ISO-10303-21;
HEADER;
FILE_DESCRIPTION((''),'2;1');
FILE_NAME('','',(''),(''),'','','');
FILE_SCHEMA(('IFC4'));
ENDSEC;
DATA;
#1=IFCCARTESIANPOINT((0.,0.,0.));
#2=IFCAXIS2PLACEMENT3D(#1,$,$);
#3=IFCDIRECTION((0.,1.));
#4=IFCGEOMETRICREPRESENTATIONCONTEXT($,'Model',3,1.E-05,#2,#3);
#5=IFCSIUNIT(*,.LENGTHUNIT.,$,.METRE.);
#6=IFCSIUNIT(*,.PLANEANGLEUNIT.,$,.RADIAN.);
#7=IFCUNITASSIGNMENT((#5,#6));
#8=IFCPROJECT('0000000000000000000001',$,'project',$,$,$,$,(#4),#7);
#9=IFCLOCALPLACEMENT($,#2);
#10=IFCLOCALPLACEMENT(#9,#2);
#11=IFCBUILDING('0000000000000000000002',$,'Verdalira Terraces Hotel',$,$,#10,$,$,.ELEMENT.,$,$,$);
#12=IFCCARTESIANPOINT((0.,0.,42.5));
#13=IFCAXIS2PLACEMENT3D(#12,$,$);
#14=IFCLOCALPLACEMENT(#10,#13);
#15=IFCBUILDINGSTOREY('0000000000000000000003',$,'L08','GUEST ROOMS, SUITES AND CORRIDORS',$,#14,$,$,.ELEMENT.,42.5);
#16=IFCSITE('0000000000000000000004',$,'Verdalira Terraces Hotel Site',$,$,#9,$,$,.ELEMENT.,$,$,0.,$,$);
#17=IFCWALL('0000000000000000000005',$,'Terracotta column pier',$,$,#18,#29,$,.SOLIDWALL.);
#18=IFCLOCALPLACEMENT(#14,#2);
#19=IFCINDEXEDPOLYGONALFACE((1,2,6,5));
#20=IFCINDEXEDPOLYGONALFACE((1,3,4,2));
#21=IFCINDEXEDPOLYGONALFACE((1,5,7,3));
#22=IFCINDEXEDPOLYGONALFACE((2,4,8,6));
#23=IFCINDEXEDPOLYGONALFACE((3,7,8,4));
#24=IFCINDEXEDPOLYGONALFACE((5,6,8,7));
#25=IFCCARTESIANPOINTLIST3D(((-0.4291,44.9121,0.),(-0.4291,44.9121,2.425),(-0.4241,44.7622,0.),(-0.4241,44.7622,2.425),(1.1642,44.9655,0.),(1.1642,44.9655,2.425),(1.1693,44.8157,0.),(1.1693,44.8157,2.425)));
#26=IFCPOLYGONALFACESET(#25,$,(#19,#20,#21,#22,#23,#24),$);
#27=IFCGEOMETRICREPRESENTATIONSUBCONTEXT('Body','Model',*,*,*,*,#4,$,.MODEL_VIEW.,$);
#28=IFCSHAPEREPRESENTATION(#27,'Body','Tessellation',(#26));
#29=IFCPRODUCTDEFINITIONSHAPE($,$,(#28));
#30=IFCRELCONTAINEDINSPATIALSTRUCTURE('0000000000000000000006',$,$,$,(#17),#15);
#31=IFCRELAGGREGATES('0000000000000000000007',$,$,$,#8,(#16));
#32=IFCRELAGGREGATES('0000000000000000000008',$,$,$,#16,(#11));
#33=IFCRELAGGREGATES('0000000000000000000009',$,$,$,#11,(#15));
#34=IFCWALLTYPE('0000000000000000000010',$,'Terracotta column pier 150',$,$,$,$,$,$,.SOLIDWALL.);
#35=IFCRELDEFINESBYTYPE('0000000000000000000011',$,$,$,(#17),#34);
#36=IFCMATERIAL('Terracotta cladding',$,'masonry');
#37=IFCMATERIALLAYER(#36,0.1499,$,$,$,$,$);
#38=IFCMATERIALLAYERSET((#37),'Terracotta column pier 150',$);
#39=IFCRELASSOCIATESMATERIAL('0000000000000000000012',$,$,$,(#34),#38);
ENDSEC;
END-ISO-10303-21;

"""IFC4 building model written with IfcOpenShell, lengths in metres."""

from ifc_helpers import new_model, si_unit, direction, frame, frame_2d, origin, place, context, subcontext, project, spatial, rectangle, extrude, material, layer, layer_set, type_object, element, save


model = new_model("IFC4")

# Units and contexts
model_context = context("Model", 3, precision=1e-05, world=origin(), true_north=direction((0.0, 1.0)))
body_context = subcontext(model_context, "Body", "Model", "MODEL_VIEW")
ifc_project = project(units=[si_unit("LENGTHUNIT", "METRE"), si_unit("PLANEANGLEUNIT", "RADIAN")], contexts=[model_context])

# Site, building, storey
site_placement = place(None, origin())
site = spatial("IfcSite", under=ifc_project, at=site_placement, Name="Verdalira Terraces Hotel Site", CompositionType="ELEMENT", RefElevation=0.0)
building_placement = place(site_placement, origin())
building = spatial("IfcBuilding", under=site, at=building_placement, Name="Verdalira Terraces Hotel", CompositionType="ELEMENT")
storey_placement = place(building_placement, frame((0.0, 0.0, 42.5)))
storey = spatial("IfcBuildingStorey", under=building, at=storey_placement, Name="L08", Description="GUEST ROOMS, SUITES AND CORRIDORS", CompositionType="ELEMENT", Elevation=42.5)

# Wall
ifc_material_1 = material(Name="Terracotta cladding", Category="masonry")
ifc_layer_1 = layer(ifc_material_1, 0.1499)
ifc_layer_set_1 = layer_set([ifc_layer_1], Name="Terracotta column pier 150")
wall_type_1 = type_object("IfcWallType", Name="Terracotta column pier 150", PredefinedType="SOLIDWALL", material=ifc_layer_set_1)
wall_1_placement = place(storey_placement, frame((1.1667, 44.8906, 0.0), z_axis=(0.0, 0.0, 1.0), x_axis=(-0.999437, -0.033539, 0.0)))
element("IfcWall", 1, at=wall_1_placement, inside=storey, type_object=wall_type_1, Name="Terracotta column pier", PredefinedType="SOLIDWALL", context=body_context, shape_type="SweptSolid", body=[
    extrude(rectangle(XDim=1.5942, YDim=0.1499, at=frame_2d((0.7971, 0.0))), origin(), (0.0, 0.0, 1.0), 2.425),
])

save(model, "model.ifc")
